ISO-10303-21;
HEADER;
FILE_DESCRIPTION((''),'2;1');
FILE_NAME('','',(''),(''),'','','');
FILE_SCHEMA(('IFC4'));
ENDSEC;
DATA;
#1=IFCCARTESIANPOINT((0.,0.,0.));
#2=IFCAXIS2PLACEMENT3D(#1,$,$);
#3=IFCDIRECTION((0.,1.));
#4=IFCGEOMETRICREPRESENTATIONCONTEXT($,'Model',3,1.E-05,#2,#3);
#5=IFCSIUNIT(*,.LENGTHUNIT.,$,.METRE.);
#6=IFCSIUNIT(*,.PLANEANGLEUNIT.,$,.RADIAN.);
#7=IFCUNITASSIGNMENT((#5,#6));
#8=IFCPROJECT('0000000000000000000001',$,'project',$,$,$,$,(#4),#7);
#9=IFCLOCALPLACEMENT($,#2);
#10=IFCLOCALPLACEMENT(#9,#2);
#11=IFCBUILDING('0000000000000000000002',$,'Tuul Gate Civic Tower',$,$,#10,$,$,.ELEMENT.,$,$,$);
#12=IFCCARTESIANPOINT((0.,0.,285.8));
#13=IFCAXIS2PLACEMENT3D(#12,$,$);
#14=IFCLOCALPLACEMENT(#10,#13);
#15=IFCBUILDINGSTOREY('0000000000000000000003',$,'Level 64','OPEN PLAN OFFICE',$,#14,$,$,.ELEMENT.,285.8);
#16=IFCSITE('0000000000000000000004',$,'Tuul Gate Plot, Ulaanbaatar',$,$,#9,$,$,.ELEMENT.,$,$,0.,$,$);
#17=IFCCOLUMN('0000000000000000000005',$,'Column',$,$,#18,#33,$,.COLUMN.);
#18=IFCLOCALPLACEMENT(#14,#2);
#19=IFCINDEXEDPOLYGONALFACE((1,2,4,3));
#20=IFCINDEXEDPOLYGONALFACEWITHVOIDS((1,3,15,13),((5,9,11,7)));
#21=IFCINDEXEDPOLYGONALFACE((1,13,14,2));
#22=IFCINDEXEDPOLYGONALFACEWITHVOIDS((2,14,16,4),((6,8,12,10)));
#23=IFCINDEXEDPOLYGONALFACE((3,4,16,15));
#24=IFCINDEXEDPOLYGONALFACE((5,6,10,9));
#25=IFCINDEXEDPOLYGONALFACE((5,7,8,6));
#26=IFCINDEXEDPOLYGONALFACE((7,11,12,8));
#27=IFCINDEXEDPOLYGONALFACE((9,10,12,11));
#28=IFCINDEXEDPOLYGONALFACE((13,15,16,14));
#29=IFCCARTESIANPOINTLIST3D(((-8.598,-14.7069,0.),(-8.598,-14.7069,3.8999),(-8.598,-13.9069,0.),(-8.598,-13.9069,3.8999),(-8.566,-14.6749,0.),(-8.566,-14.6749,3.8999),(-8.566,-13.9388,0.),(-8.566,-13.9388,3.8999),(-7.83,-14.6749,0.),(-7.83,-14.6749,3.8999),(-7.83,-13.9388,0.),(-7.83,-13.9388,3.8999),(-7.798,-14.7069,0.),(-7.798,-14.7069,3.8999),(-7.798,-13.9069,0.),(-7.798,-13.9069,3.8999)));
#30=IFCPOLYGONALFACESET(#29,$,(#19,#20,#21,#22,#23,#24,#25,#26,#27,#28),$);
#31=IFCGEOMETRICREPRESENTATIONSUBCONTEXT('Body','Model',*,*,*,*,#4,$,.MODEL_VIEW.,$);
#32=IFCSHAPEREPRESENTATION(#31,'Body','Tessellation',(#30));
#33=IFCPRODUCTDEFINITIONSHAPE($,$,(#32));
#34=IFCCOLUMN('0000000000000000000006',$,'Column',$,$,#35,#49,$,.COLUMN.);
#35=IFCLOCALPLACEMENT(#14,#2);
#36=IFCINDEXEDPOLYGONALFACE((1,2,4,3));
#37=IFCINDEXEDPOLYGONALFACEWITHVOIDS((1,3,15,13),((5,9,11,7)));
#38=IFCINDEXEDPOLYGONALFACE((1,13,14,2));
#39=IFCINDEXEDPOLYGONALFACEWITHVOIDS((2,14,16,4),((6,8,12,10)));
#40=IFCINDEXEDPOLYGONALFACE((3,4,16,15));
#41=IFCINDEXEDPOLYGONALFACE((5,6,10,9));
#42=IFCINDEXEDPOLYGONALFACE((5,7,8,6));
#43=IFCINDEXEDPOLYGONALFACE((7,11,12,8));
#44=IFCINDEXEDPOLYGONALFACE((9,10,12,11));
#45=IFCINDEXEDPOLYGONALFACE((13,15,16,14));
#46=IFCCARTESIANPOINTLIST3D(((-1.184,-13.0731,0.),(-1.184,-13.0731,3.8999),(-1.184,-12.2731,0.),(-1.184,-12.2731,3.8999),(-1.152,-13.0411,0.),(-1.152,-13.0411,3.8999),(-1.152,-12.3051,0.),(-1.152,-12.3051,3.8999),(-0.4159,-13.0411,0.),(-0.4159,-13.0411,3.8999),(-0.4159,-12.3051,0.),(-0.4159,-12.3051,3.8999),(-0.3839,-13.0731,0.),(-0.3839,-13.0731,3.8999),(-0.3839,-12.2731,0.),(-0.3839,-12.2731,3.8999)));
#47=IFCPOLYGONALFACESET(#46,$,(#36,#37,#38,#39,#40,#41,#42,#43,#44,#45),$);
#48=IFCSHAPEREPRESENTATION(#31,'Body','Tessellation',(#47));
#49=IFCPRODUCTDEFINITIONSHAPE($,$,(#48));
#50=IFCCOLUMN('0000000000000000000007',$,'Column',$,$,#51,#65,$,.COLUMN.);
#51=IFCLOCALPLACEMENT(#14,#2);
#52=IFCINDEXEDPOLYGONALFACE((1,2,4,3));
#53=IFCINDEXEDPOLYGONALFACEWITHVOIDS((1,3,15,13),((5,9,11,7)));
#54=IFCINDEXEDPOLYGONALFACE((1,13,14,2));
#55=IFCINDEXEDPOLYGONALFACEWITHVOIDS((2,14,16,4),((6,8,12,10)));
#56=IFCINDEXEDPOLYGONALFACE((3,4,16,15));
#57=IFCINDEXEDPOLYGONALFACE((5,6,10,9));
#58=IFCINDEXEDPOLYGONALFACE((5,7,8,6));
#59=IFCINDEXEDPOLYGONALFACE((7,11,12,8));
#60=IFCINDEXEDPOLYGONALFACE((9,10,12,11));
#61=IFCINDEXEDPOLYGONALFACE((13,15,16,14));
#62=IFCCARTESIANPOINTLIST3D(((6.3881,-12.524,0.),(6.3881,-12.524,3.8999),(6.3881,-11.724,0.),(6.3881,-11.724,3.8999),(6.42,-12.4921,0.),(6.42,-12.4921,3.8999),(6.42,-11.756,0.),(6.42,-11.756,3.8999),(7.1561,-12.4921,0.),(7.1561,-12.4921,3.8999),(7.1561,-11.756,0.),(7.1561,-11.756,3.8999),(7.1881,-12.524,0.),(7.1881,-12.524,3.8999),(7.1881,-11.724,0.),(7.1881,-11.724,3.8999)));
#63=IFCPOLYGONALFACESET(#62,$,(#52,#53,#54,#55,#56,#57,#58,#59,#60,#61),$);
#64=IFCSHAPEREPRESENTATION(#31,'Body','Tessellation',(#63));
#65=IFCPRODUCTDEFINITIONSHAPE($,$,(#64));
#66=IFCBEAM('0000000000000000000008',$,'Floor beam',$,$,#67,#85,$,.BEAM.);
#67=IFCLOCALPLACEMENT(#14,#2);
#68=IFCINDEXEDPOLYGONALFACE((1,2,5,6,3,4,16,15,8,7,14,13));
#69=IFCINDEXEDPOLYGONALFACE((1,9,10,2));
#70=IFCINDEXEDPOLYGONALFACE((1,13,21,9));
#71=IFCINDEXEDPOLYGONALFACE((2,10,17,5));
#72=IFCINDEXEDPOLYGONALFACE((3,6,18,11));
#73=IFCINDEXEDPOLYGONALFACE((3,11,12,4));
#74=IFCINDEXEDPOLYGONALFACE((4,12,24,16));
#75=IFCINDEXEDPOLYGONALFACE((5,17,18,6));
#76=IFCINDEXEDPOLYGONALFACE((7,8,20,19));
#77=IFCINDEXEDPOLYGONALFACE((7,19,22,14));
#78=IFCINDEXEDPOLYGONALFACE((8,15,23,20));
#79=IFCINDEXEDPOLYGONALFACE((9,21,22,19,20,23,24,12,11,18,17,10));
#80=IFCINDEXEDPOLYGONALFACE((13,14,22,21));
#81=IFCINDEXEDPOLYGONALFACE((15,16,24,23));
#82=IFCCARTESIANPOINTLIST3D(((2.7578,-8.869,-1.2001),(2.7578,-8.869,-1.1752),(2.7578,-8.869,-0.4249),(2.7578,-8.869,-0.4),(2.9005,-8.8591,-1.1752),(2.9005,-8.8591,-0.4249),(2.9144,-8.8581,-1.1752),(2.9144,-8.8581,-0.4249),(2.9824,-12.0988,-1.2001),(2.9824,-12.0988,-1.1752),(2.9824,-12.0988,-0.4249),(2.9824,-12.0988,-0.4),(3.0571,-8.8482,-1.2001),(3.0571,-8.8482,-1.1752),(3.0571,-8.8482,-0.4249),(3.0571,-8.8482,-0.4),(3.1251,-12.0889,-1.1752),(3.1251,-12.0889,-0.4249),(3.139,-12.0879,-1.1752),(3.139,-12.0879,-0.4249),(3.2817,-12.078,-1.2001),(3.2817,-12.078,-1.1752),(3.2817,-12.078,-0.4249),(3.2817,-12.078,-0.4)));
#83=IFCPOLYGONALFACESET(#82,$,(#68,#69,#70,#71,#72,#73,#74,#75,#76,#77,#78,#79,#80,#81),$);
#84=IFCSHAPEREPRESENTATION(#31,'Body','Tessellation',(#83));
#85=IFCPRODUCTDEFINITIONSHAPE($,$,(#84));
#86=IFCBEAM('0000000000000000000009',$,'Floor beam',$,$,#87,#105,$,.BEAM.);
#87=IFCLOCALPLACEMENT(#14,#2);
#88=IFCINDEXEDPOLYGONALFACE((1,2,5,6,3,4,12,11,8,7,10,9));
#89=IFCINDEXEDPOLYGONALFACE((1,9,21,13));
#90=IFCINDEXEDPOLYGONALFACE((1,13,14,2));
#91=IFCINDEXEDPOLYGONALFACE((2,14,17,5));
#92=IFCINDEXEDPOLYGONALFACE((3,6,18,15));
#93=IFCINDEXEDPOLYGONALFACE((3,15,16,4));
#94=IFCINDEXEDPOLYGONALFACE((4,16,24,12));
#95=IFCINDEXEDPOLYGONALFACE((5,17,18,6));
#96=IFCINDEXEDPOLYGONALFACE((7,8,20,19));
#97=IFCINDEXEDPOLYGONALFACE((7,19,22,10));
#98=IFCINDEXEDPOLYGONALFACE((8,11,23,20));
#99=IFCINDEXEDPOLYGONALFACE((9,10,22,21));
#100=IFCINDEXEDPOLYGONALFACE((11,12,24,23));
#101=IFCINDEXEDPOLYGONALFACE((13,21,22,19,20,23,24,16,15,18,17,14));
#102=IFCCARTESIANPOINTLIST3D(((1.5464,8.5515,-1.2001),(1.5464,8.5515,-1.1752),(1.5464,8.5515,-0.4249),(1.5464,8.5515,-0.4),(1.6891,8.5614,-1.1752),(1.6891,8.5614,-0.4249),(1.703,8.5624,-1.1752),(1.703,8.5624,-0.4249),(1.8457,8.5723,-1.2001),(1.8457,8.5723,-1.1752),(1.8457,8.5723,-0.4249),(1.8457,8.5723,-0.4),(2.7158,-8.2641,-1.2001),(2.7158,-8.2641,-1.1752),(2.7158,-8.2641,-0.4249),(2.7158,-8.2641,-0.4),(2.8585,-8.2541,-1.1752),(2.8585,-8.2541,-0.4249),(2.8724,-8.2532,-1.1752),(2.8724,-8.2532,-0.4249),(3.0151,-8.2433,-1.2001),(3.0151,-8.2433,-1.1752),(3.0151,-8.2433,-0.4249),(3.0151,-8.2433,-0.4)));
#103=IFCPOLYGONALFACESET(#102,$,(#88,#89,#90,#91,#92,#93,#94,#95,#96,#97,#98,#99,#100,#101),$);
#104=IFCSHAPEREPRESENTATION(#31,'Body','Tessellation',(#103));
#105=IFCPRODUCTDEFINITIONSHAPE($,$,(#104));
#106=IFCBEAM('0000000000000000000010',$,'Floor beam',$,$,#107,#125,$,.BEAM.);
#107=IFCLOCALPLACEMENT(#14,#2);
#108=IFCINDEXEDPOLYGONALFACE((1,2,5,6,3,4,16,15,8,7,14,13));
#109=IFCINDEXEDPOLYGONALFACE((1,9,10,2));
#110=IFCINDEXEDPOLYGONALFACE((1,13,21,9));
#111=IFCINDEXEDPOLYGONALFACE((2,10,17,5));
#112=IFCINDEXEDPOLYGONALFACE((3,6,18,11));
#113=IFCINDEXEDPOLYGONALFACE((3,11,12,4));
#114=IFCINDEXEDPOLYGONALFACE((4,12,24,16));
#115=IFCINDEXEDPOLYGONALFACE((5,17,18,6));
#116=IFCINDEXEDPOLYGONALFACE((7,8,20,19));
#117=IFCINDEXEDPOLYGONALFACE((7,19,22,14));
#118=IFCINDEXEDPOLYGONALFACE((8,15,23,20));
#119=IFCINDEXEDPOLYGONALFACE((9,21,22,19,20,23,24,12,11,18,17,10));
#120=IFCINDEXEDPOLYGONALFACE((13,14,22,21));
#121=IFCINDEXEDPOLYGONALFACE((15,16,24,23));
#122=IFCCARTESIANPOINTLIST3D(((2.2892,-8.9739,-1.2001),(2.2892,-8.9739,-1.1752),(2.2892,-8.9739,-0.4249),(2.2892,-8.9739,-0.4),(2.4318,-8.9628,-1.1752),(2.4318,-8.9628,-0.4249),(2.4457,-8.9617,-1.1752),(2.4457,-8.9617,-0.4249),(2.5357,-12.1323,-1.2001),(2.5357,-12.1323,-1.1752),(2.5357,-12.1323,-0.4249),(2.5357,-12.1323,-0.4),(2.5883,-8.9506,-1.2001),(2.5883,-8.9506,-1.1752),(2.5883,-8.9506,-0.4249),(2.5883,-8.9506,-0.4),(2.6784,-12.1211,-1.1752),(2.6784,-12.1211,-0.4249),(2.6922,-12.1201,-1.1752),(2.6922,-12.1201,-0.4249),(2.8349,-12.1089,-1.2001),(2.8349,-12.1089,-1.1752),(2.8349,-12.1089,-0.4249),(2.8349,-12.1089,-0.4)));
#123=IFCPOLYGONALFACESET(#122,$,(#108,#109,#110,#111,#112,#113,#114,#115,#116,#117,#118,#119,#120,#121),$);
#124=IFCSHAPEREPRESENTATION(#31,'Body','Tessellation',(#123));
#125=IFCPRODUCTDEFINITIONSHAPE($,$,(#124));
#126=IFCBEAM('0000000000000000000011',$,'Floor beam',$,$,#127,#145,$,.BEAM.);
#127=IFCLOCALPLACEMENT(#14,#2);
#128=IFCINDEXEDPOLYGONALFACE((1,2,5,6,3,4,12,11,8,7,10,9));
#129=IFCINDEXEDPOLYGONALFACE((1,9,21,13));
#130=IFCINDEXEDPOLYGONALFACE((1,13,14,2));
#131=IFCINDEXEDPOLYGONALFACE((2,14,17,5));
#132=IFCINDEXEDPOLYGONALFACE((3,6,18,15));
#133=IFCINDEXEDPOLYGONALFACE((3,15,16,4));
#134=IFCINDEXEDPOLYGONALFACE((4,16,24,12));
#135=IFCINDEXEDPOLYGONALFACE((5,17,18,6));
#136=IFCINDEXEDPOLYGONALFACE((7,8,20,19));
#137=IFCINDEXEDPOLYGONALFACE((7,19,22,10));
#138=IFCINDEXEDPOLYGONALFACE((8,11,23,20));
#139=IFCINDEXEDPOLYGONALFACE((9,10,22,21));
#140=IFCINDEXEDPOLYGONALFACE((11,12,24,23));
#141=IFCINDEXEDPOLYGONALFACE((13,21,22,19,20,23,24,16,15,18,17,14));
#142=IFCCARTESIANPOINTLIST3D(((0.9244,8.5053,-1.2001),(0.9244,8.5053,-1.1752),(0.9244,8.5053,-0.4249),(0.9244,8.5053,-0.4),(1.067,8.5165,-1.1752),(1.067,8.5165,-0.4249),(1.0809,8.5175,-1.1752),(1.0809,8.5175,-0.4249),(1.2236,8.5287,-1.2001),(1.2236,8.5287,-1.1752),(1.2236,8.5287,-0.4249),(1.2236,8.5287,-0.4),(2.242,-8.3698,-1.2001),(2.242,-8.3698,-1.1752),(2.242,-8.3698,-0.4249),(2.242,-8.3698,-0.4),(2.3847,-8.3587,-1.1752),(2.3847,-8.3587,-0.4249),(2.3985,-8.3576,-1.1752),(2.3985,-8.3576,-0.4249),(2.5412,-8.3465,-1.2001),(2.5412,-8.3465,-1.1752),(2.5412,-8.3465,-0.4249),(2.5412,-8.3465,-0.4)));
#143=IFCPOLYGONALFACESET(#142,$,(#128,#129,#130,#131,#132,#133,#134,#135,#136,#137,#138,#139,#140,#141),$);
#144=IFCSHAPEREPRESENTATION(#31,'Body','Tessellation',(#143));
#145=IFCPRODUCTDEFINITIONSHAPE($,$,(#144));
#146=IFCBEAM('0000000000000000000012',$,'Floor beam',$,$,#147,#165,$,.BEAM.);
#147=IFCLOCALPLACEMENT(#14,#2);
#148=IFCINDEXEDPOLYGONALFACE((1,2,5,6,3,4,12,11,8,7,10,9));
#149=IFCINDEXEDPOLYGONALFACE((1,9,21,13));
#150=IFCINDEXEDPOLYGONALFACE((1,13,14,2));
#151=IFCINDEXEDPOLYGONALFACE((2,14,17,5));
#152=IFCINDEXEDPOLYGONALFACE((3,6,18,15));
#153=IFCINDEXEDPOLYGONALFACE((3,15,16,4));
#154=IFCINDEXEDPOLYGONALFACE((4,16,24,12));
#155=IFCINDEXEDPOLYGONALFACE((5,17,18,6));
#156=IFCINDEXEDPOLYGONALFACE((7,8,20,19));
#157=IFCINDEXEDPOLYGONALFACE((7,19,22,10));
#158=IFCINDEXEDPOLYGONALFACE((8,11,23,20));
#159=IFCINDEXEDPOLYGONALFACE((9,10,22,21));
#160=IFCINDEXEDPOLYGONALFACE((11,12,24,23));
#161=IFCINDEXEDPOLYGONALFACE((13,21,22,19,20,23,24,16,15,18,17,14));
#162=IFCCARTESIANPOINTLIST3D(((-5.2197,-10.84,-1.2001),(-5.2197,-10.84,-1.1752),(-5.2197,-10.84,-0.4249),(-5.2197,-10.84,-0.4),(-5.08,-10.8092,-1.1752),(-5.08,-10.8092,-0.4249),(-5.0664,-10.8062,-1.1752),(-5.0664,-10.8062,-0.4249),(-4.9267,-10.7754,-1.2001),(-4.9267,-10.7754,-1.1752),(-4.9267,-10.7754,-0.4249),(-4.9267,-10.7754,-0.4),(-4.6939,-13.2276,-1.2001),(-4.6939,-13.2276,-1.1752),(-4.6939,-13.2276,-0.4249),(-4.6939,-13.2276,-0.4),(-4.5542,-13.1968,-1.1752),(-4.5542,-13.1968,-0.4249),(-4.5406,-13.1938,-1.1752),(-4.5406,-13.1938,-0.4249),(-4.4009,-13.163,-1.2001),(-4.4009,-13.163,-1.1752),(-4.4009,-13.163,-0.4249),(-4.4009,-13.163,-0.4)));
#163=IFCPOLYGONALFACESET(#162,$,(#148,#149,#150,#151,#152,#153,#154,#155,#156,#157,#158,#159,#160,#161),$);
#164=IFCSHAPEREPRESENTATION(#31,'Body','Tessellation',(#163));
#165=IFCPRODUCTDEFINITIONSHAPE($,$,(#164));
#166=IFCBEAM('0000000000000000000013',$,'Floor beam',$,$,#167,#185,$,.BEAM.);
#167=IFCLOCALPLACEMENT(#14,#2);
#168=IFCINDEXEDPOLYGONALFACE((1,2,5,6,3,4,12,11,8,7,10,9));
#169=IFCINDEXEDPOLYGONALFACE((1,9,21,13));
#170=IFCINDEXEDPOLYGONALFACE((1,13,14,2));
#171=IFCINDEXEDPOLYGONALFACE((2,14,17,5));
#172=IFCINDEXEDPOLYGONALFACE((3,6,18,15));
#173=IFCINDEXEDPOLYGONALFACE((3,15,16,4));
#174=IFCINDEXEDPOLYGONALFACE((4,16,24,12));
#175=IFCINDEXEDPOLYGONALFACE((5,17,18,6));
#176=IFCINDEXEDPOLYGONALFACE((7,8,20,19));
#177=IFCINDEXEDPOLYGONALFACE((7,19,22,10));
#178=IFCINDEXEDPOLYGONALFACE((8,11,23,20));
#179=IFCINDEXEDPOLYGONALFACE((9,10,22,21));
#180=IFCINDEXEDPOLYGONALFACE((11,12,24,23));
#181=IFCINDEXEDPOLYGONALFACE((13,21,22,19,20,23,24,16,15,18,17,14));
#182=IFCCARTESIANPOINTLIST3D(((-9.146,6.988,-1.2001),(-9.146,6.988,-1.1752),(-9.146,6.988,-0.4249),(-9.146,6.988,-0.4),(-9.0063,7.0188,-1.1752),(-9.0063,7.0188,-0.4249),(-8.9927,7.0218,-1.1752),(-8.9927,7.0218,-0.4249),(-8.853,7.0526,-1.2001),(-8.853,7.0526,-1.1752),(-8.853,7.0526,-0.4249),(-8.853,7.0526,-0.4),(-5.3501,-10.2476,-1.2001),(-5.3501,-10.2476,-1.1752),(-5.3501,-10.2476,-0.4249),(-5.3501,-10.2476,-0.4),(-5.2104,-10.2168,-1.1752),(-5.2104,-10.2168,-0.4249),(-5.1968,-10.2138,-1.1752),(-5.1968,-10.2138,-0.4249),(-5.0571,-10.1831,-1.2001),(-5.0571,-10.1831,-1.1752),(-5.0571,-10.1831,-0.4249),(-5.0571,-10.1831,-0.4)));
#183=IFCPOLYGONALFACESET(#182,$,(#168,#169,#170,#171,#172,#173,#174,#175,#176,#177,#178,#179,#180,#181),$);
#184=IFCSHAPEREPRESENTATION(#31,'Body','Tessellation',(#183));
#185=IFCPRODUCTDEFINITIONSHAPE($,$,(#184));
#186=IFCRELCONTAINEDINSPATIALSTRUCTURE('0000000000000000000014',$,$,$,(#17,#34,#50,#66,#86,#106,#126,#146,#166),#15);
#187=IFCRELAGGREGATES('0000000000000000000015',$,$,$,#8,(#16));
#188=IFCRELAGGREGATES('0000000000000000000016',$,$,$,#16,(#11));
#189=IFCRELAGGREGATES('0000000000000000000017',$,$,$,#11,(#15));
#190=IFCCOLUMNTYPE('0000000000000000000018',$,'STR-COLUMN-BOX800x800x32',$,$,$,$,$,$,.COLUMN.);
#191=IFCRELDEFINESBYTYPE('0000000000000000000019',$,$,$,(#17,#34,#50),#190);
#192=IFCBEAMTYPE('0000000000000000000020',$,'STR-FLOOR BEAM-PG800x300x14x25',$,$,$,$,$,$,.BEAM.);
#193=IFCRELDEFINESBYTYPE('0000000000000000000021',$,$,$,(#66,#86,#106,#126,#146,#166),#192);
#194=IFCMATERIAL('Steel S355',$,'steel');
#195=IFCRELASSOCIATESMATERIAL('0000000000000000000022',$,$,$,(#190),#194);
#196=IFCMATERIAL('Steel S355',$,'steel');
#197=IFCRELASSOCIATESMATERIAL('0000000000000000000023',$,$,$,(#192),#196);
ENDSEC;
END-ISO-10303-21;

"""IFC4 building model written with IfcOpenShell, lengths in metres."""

from ifc_helpers import new_model, si_unit, direction, frame, origin, origin_2d, place, context, subcontext, project, spatial, hollow_rectangle, i_section, extrude, material, material_profile, profile_set, type_object, element, save


model = new_model("IFC4")

# Units and contexts
model_context = context("Model", 3, precision=1e-05, world=origin(), true_north=direction((0.0, 1.0)))
body_context = subcontext(model_context, "Body", "Model", "MODEL_VIEW")
ifc_project = project(units=[si_unit("LENGTHUNIT", "METRE"), si_unit("PLANEANGLEUNIT", "RADIAN")], contexts=[model_context])

# Site, building, storey
site_placement = place(None, origin())
site = spatial("IfcSite", under=ifc_project, at=site_placement, Name="Tuul Gate Plot, Ulaanbaatar", CompositionType="ELEMENT", RefElevation=0.0)
building_placement = place(site_placement, origin())
building = spatial("IfcBuilding", under=site, at=building_placement, Name="Tuul Gate Civic Tower", CompositionType="ELEMENT")
storey_placement = place(building_placement, frame((0.0, 0.0, 285.8)))
storey = spatial("IfcBuildingStorey", under=building, at=storey_placement, Name="Level 64", Description="OPEN PLAN OFFICE", CompositionType="ELEMENT", Elevation=285.8)

# Columns
ifc_material_1 = material(Name="Steel S355", Category="steel")
ifc_material_profile_1 = material_profile(ifc_material_1, hollow_rectangle(XDim=0.8, YDim=0.8, WallThickness=0.032, at=origin_2d()), Name="BOX800x800x32")
ifc_profile_set_1 = profile_set([ifc_material_profile_1], Name="Steel S355")
column_type = type_object("IfcColumnType", Name="STR-COLUMN-BOX800x800x32", PredefinedType="COLUMN", material=ifc_profile_set_1)
for number, where, z_axis, x_axis, name in (
    (1, (-8.198, -14.3069, 0.0), (0.0, 0.0, 1.0), (1.0, 0.0, 0.0), "Column"),
    (2, (-0.7839, -12.6731, 0.0), (0.0, 0.0, 1.0), (1.0, 0.0, 0.0), "Column"),
    (3, (6.7881, -12.124, 0.0), (0.0, 0.0, 1.0), (1.0, 0.0, 0.0), "Column"),
):
    element("IfcColumn", number, at=place(storey_placement, frame(where, z_axis=z_axis, x_axis=x_axis)), inside=storey, type_object=column_type, Name=name, PredefinedType="COLUMN", context=body_context, shape_type="SweptSolid", body=[
        extrude(hollow_rectangle(XDim=0.8, YDim=0.8, WallThickness=0.032, at=origin_2d()), origin(), (0.0, 0.0, 1.0), 3.8999),
    ])

# Beams
ifc_material_2 = material(Name="Steel S355", Category="steel")
ifc_material_profile_2 = material_profile(ifc_material_2, i_section(OverallWidth=0.3, OverallDepth=0.8, WebThickness=0.0139, FlangeThickness=0.0249, at=origin_2d()), Name="PG800x300x14x25")
ifc_profile_set_2 = profile_set([ifc_material_profile_2], Name="Steel S355")
beam_type = type_object("IfcBeamType", Name="STR-FLOOR BEAM-PG800x300x14x25", PredefinedType="BEAM", material=ifc_profile_set_2)
beam_1_placement = place(storey_placement, frame((3.1321, -12.0884, -0.8), z_axis=(-0.069377, 0.997591, 0.0), x_axis=(-0.997591, -0.069377, 0.0)))
element("IfcBeam", 4, at=beam_1_placement, inside=storey, type_object=beam_type, Name="Floor beam", PredefinedType="BEAM", context=body_context, shape_type="SweptSolid", body=[
    extrude(i_section(OverallWidth=0.3, OverallDepth=0.8, WebThickness=0.0139, FlangeThickness=0.0249, at=origin_2d()), origin(), (0.0, 0.0, 1.0), 3.2375),
])
beam_2_placement = place(storey_placement, frame((2.8655, -8.2537, -0.8), z_axis=(-0.069377, 0.997591, 0.0), x_axis=(-0.997591, -0.069377, 0.0)))
element("IfcBeam", 5, at=beam_2_placement, inside=storey, type_object=beam_type, Name="Floor beam", PredefinedType="BEAM", context=body_context, shape_type="SweptSolid", body=[
    extrude(i_section(OverallWidth=0.3, OverallDepth=0.8, WebThickness=0.0139, FlangeThickness=0.0249, at=origin_2d()), origin(), (0.0, 0.0, 1.0), 16.8562),
])
beam_3_placement = place(storey_placement, frame((2.6853, -12.1206, -0.8), z_axis=(-0.077834, 0.996966, 0.0), x_axis=(-0.996966, -0.077834, 0.0)))
element("IfcBeam", 6, at=beam_3_placement, inside=storey, type_object=beam_type, Name="Floor beam", PredefinedType="BEAM", context=body_context, shape_type="SweptSolid", body=[
    extrude(i_section(OverallWidth=0.3, OverallDepth=0.8, WebThickness=0.0139, FlangeThickness=0.0249, at=origin_2d()), origin(), (0.0, 0.0, 1.0), 3.168),
])
beam_4_placement = place(storey_placement, frame((2.3916, -8.3582, -0.8), z_axis=(-0.077844, 0.996966, 0.0), x_axis=(-0.996966, -0.077844, 0.0)))
element("IfcBeam", 7, at=beam_4_placement, inside=storey, type_object=beam_type, Name="Floor beam", PredefinedType="BEAM", context=body_context, shape_type="SweptSolid", body=[
    extrude(i_section(OverallWidth=0.3, OverallDepth=0.8, WebThickness=0.0139, FlangeThickness=0.0249, at=origin_2d()), origin(), (0.0, 0.0, 1.0), 16.9265),
])
beam_5_placement = place(storey_placement, frame((-4.5474, -13.1953, -0.8), z_axis=(-0.21509, 0.976594, 0.0), x_axis=(-0.976594, -0.21509, 0.0)))
element("IfcBeam", 8, at=beam_5_placement, inside=storey, type_object=beam_type, Name="Floor beam", PredefinedType="BEAM", context=body_context, shape_type="SweptSolid", body=[
    extrude(i_section(OverallWidth=0.3, OverallDepth=0.8, WebThickness=0.0139, FlangeThickness=0.0249, at=origin_2d()), origin(), (0.0, 0.0, 1.0), 2.4448),
])
beam_6_placement = place(storey_placement, frame((-5.2036, -10.2153, -0.8), z_axis=(-0.215082, 0.976596, 0.0), x_axis=(-0.976596, -0.215082, 0.0)))
element("IfcBeam", 9, at=beam_6_placement, inside=storey, type_object=beam_type, Name="Floor beam", PredefinedType="BEAM", context=body_context, shape_type="SweptSolid", body=[
    extrude(i_section(OverallWidth=0.3, OverallDepth=0.8, WebThickness=0.0139, FlangeThickness=0.0249, at=origin_2d()), origin(), (0.0, 0.0, 1.0), 17.6487),
])

save(model, "model.ifc")
